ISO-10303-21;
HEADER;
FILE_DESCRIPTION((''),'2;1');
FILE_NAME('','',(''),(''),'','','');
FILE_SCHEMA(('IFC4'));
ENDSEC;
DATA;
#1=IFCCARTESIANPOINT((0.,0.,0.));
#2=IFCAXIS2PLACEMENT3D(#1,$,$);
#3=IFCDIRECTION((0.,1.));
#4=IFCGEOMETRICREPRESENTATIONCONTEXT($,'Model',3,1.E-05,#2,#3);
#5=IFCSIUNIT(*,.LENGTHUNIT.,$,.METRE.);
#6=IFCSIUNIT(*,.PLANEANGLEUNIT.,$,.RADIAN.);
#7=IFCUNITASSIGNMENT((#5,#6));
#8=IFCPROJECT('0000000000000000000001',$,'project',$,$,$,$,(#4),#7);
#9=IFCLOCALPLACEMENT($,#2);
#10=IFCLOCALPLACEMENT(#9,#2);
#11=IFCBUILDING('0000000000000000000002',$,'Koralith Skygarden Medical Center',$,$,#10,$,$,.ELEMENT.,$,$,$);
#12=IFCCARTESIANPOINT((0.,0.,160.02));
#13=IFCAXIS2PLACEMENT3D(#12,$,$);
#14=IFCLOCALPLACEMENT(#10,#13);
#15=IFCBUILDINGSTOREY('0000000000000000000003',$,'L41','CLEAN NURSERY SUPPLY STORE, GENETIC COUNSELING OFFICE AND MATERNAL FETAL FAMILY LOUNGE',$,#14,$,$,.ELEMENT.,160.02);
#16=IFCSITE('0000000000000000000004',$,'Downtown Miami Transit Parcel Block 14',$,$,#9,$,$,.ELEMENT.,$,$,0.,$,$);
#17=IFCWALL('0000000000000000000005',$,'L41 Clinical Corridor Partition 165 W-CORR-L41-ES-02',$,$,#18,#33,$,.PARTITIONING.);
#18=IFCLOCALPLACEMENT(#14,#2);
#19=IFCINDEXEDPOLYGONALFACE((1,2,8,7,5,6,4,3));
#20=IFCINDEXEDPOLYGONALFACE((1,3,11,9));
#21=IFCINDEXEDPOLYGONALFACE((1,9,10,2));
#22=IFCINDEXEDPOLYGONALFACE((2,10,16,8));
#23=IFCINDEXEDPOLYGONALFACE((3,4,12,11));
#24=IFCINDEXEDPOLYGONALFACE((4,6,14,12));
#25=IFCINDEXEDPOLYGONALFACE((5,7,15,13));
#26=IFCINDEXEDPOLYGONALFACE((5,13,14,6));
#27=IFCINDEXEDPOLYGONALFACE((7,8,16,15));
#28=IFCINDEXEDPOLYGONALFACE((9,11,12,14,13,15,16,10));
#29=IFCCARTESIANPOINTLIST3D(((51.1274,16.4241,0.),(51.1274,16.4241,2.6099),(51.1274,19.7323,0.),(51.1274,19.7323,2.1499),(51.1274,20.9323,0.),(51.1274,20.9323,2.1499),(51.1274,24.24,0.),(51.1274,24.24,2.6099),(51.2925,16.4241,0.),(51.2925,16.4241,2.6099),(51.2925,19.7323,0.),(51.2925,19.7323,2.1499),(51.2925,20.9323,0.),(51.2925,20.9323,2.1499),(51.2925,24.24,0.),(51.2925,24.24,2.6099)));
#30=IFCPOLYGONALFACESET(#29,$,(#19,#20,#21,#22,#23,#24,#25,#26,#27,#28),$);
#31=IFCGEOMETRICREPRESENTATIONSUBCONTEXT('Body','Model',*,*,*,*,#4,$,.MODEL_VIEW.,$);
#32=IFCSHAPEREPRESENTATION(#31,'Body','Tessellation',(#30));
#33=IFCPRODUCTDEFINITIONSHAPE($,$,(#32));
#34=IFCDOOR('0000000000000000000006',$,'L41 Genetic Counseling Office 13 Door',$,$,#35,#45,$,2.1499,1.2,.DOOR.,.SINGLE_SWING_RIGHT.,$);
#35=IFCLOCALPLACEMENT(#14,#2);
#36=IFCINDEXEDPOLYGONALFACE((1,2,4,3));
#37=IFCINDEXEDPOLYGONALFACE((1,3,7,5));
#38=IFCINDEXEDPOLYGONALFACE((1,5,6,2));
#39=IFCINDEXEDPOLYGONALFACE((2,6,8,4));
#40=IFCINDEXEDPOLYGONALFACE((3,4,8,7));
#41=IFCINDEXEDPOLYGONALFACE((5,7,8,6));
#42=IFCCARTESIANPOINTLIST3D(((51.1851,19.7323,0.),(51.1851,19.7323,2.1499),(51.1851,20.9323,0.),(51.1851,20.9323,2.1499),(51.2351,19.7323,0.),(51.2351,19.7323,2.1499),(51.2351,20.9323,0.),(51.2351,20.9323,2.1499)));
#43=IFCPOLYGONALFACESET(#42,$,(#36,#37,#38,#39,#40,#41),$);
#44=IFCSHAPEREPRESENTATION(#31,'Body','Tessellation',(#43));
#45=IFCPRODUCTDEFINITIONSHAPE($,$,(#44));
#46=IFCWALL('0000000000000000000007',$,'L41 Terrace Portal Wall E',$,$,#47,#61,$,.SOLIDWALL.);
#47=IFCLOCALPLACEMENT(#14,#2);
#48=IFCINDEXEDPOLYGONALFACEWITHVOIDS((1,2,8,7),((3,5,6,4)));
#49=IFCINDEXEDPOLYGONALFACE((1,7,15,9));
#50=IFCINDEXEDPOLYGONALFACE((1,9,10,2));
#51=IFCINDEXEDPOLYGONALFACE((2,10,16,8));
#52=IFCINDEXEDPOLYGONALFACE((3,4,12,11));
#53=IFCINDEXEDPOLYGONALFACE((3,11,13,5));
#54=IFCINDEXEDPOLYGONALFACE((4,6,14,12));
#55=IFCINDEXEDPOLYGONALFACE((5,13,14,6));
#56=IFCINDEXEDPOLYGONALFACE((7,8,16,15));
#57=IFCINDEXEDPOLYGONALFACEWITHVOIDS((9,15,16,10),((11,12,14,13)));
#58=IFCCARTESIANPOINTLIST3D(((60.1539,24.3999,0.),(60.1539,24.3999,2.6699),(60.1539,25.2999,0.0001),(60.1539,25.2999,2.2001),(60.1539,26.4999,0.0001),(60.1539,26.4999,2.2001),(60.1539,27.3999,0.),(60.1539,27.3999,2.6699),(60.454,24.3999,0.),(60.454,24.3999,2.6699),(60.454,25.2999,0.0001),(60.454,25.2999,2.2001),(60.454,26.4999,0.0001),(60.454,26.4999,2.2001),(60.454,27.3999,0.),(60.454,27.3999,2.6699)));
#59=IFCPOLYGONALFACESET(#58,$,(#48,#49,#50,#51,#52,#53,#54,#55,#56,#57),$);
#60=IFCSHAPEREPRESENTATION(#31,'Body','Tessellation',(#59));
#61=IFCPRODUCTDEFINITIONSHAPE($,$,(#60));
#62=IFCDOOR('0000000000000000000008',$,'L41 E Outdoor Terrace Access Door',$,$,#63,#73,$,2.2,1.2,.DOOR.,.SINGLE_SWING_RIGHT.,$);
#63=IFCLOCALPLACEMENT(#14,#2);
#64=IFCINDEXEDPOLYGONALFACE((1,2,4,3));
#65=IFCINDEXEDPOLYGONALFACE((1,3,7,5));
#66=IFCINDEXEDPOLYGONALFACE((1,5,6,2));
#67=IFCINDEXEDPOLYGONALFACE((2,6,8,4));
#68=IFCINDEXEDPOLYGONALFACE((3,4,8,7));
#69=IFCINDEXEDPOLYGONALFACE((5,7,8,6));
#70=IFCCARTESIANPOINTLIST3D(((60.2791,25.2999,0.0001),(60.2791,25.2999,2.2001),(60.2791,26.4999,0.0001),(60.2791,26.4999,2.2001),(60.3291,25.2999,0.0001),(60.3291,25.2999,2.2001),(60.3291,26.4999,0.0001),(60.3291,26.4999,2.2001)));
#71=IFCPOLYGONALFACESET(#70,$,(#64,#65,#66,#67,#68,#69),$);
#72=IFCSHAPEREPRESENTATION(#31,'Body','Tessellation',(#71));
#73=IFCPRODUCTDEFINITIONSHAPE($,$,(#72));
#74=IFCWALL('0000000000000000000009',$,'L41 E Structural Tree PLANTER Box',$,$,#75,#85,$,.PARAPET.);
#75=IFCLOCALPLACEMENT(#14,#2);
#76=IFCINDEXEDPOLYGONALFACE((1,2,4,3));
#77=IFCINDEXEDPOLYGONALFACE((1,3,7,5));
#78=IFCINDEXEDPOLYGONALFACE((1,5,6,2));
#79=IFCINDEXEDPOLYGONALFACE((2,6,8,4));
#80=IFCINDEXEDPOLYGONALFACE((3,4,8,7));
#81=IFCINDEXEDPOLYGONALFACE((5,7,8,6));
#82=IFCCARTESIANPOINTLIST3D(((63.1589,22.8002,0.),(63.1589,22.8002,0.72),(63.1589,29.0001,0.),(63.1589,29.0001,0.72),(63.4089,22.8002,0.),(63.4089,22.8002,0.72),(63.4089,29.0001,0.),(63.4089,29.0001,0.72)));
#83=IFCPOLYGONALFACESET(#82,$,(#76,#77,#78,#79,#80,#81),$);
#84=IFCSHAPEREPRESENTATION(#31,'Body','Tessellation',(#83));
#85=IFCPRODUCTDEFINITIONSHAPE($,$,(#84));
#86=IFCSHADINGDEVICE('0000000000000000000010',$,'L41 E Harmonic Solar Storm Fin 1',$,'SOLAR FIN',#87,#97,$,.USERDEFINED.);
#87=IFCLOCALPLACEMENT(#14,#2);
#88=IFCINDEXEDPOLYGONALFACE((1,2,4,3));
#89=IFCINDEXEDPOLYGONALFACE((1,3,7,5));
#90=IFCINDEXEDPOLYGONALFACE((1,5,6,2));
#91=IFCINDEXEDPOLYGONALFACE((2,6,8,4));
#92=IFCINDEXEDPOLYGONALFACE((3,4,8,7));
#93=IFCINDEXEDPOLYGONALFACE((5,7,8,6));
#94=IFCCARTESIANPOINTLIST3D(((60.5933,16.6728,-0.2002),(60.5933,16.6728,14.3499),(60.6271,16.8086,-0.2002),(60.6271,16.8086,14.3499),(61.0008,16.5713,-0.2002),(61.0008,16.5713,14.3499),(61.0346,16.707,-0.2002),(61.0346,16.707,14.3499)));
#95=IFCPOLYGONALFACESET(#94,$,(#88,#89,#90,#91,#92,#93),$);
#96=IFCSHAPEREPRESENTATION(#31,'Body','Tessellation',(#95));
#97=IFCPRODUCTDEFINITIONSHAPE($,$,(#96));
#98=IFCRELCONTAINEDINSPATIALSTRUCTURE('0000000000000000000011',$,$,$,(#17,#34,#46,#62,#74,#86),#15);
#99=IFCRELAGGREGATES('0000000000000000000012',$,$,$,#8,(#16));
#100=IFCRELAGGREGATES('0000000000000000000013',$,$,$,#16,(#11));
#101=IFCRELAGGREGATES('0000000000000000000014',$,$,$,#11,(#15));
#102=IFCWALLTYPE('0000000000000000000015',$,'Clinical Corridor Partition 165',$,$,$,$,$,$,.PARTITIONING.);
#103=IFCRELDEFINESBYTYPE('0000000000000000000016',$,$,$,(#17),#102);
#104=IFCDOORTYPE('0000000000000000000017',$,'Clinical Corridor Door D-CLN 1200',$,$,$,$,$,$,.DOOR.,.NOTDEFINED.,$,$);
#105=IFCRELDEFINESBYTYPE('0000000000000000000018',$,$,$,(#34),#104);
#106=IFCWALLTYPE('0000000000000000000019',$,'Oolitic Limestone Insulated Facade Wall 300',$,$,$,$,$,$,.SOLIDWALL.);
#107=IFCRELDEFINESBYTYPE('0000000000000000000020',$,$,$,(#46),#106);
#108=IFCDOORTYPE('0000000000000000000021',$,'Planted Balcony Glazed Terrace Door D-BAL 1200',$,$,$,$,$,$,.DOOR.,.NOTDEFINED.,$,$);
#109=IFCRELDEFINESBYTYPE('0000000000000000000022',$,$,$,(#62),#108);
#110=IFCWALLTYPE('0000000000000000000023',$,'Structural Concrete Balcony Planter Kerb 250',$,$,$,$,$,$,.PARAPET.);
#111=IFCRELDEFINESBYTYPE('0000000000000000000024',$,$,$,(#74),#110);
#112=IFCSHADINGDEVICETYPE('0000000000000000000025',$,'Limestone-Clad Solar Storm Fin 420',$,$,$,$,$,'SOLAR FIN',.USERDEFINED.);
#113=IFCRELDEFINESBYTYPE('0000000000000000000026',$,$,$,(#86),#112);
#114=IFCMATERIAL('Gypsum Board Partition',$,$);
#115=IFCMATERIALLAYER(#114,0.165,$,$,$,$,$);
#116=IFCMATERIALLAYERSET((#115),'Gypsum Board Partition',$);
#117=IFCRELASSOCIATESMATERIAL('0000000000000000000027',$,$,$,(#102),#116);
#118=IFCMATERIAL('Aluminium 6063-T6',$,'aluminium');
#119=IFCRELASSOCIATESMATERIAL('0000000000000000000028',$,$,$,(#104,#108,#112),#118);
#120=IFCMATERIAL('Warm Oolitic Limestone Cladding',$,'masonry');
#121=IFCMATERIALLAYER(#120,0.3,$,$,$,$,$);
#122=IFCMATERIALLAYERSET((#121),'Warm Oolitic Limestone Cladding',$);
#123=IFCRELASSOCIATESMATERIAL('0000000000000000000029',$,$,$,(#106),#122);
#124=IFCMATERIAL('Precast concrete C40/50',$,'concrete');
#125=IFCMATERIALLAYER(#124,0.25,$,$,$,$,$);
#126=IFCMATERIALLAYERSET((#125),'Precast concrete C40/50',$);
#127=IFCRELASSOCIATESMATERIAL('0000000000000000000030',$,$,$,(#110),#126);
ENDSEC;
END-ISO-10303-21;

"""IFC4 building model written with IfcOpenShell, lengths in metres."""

from ifc_helpers import new_model, si_unit, direction, frame, frame_2d, origin, origin_2d, place, context, subcontext, project, spatial, rectangle, extrude, material, layer, layer_set, type_object, element, fill, save


model = new_model("IFC4")

# Units and contexts
model_context = context("Model", 3, precision=1e-05, world=origin(), true_north=direction((0.0, 1.0)))
body_context = subcontext(model_context, "Body", "Model", "MODEL_VIEW")
ifc_project = project(units=[si_unit("LENGTHUNIT", "METRE"), si_unit("PLANEANGLEUNIT", "RADIAN")], contexts=[model_context])

# Site, building, storey
site_placement = place(None, origin())
site = spatial("IfcSite", under=ifc_project, at=site_placement, Name="Downtown Miami Transit Parcel Block 14", CompositionType="ELEMENT", RefElevation=0.0)
building_placement = place(site_placement, origin())
building = spatial("IfcBuilding", under=site, at=building_placement, Name="Koralith Skygarden Medical Center", CompositionType="ELEMENT")
storey_placement = place(building_placement, frame((0.0, 0.0, 160.02)))
storey = spatial("IfcBuildingStorey", under=building, at=storey_placement, Name="L41", Description="CLEAN NURSERY SUPPLY STORE, GENETIC COUNSELING OFFICE AND MATERNAL FETAL FAMILY LOUNGE", CompositionType="ELEMENT", Elevation=160.02)

# Shared definitions
ifc_material_1 = material(Name="Aluminium 6063-T6", Category="aluminium")

# Shared definitions
ifc_material_2 = material(Name="Gypsum Board Partition")
ifc_layer_1 = layer(ifc_material_2, 0.165)
ifc_layer_set_1 = layer_set([ifc_layer_1], Name="Gypsum Board Partition")
wall_type_1 = type_object("IfcWallType", Name="Clinical Corridor Partition 165", PredefinedType="PARTITIONING", material=ifc_layer_set_1)

# Walls, openings, doors
wall_1_placement = place(storey_placement, frame((51.21, 16.4241, 0.0), z_axis=(0.0, 0.0, 1.0), x_axis=(0.0, 1.0, 0.0)))
wall_1 = element("IfcWall", 1, at=wall_1_placement, inside=storey, type_object=wall_type_1, Name="L41 Clinical Corridor Partition 165 W-CORR-L41-ES-02", PredefinedType="PARTITIONING", context=body_context, shape_type="SweptSolid", body=[
    extrude(rectangle(XDim=7.8159, YDim=0.165, at=frame_2d((3.908, 0.0))), origin(), (0.0, 0.0, 1.0), 2.6099),
])
opening_1_placement = place(wall_1_placement, frame((3.3081, 0.0, 0.0)))
opening_1 = element("IfcOpeningElement", 2, at=opening_1_placement, cuts=wall_1, PredefinedType="OPENING", context=body_context, shape_type="SweptSolid", body=[
    extrude(rectangle(XDim=1.2, YDim=2.1499, at=frame_2d((0.6001, 1.075))), frame((0.0, 0.0925, 0.0), z_axis=(0.0, -1.0, 0.0), x_axis=(1.0, 0.0, 0.0)), (0.0, 0.0, 1.0), 0.1851),
])
door_type_1 = type_object("IfcDoorType", Name="Clinical Corridor Door D-CLN 1200", OperationType="NOTDEFINED", PredefinedType="DOOR", material=ifc_material_1)
door_1_placement = place(opening_1_placement, origin())
door_1 = element("IfcDoor", 3, at=door_1_placement, inside=storey, type_object=door_type_1, Name="L41 Genetic Counseling Office 13 Door", OperationType="SINGLE_SWING_RIGHT", OverallHeight=2.1499, OverallWidth=1.2, PredefinedType="DOOR", context=body_context, shape_type="SweptSolid", body=[
    extrude(rectangle(XDim=1.2, YDim=2.1499, at=frame_2d((0.6001, 1.075))), frame((0.0, 0.0249, 0.0), z_axis=(0.0, -1.0, 0.0), x_axis=(1.0, 0.0, 0.0)), (0.0, 0.0, 1.0), 0.05),
])
fill(opening_1, door_1)
ifc_material_3 = material(Name="Warm Oolitic Limestone Cladding", Category="masonry")
ifc_layer_2 = layer(ifc_material_3, 0.3)
ifc_layer_set_2 = layer_set([ifc_layer_2], Name="Warm Oolitic Limestone Cladding")
wall_type_2 = type_object("IfcWallType", Name="Oolitic Limestone Insulated Facade Wall 300", PredefinedType="SOLIDWALL", material=ifc_layer_set_2)
wall_2_placement = place(storey_placement, frame((60.304, 24.3999, 0.0), z_axis=(0.0, 0.0, 1.0), x_axis=(0.0, 1.0, 0.0)))
wall_2 = element("IfcWall", 4, at=wall_2_placement, inside=storey, type_object=wall_type_2, Name="L41 Terrace Portal Wall E", PredefinedType="SOLIDWALL", context=body_context, shape_type="SweptSolid", body=[
    extrude(rectangle(XDim=3.0, YDim=0.3, at=frame_2d((1.5, 0.0))), origin(), (0.0, 0.0, 1.0), 2.6699),
])
opening_2_placement = place(wall_2_placement, frame((0.8999, 0.0, 0.0)))
opening_2 = element("IfcOpeningElement", 5, at=opening_2_placement, cuts=wall_2, PredefinedType="OPENING", context=body_context, shape_type="SweptSolid", body=[
    extrude(rectangle(XDim=1.2, YDim=2.2, at=frame_2d((0.6001, 1.1001))), frame((0.0, 0.1599, 0.0), z_axis=(0.0, -1.0, 0.0), x_axis=(1.0, 0.0, 0.0)), (0.0, 0.0, 1.0), 0.3201),
])
door_type_2 = type_object("IfcDoorType", Name="Planted Balcony Glazed Terrace Door D-BAL 1200", OperationType="NOTDEFINED", PredefinedType="DOOR", material=ifc_material_1)
door_2_placement = place(opening_2_placement, origin())
door_2 = element("IfcDoor", 6, at=door_2_placement, inside=storey, type_object=door_type_2, Name="L41 E Outdoor Terrace Access Door", OperationType="SINGLE_SWING_RIGHT", OverallHeight=2.2, OverallWidth=1.2, PredefinedType="DOOR", context=body_context, shape_type="SweptSolid", body=[
    extrude(rectangle(XDim=1.2, YDim=2.2, at=frame_2d((0.6001, 1.1001))), frame((0.0, 0.0249, 0.0), z_axis=(0.0, -1.0, 0.0), x_axis=(1.0, 0.0, 0.0)), (0.0, 0.0, 1.0), 0.05),
])
fill(opening_2, door_2)

# Wall
ifc_material_4 = material(Name="Precast concrete C40/50", Category="concrete")
ifc_layer_3 = layer(ifc_material_4, 0.25)
ifc_layer_set_3 = layer_set([ifc_layer_3], Name="Precast concrete C40/50")
wall_type_3 = type_object("IfcWallType", Name="Structural Concrete Balcony Planter Kerb 250", PredefinedType="PARAPET", material=ifc_layer_set_3)
wall_3_placement = place(storey_placement, frame((63.2839, 22.8, 0.0), z_axis=(0.0, 0.0, 1.0), x_axis=(0.0, 1.0, 0.0)))
element("IfcWall", 7, at=wall_3_placement, inside=storey, type_object=wall_type_3, Name="L41 E Structural Tree PLANTER Box", PredefinedType="PARAPET", context=body_context, shape_type="SweptSolid", body=[
    extrude(rectangle(XDim=6.2, YDim=0.25, at=frame_2d((3.1001, 0.0))), origin(), (0.0, 0.0, 1.0), 0.72),
])

# Shading device
shading_device_type_1 = type_object("IfcShadingDeviceType", Name="Limestone-Clad Solar Storm Fin 420", ElementType="SOLAR FIN", PredefinedType="USERDEFINED", material=ifc_material_1)
shading_device_1_placement = place(storey_placement, frame((60.814, 16.6899, -0.2002), z_axis=(0.0, 0.0, 1.0), x_axis=(0.970329, -0.241786, 0.0)))
element("IfcShadingDevice", 8, at=shading_device_1_placement, inside=storey, type_object=shading_device_type_1, Name="L41 E Harmonic Solar Storm Fin 1", ObjectType="SOLAR FIN", PredefinedType="USERDEFINED", context=body_context, shape_type="SweptSolid", body=[
    extrude(rectangle(XDim=0.4199, YDim=0.1399, at=origin_2d()), origin(), (0.0, 0.0, 1.0), 14.55),
])

save(model, "model.ifc")
